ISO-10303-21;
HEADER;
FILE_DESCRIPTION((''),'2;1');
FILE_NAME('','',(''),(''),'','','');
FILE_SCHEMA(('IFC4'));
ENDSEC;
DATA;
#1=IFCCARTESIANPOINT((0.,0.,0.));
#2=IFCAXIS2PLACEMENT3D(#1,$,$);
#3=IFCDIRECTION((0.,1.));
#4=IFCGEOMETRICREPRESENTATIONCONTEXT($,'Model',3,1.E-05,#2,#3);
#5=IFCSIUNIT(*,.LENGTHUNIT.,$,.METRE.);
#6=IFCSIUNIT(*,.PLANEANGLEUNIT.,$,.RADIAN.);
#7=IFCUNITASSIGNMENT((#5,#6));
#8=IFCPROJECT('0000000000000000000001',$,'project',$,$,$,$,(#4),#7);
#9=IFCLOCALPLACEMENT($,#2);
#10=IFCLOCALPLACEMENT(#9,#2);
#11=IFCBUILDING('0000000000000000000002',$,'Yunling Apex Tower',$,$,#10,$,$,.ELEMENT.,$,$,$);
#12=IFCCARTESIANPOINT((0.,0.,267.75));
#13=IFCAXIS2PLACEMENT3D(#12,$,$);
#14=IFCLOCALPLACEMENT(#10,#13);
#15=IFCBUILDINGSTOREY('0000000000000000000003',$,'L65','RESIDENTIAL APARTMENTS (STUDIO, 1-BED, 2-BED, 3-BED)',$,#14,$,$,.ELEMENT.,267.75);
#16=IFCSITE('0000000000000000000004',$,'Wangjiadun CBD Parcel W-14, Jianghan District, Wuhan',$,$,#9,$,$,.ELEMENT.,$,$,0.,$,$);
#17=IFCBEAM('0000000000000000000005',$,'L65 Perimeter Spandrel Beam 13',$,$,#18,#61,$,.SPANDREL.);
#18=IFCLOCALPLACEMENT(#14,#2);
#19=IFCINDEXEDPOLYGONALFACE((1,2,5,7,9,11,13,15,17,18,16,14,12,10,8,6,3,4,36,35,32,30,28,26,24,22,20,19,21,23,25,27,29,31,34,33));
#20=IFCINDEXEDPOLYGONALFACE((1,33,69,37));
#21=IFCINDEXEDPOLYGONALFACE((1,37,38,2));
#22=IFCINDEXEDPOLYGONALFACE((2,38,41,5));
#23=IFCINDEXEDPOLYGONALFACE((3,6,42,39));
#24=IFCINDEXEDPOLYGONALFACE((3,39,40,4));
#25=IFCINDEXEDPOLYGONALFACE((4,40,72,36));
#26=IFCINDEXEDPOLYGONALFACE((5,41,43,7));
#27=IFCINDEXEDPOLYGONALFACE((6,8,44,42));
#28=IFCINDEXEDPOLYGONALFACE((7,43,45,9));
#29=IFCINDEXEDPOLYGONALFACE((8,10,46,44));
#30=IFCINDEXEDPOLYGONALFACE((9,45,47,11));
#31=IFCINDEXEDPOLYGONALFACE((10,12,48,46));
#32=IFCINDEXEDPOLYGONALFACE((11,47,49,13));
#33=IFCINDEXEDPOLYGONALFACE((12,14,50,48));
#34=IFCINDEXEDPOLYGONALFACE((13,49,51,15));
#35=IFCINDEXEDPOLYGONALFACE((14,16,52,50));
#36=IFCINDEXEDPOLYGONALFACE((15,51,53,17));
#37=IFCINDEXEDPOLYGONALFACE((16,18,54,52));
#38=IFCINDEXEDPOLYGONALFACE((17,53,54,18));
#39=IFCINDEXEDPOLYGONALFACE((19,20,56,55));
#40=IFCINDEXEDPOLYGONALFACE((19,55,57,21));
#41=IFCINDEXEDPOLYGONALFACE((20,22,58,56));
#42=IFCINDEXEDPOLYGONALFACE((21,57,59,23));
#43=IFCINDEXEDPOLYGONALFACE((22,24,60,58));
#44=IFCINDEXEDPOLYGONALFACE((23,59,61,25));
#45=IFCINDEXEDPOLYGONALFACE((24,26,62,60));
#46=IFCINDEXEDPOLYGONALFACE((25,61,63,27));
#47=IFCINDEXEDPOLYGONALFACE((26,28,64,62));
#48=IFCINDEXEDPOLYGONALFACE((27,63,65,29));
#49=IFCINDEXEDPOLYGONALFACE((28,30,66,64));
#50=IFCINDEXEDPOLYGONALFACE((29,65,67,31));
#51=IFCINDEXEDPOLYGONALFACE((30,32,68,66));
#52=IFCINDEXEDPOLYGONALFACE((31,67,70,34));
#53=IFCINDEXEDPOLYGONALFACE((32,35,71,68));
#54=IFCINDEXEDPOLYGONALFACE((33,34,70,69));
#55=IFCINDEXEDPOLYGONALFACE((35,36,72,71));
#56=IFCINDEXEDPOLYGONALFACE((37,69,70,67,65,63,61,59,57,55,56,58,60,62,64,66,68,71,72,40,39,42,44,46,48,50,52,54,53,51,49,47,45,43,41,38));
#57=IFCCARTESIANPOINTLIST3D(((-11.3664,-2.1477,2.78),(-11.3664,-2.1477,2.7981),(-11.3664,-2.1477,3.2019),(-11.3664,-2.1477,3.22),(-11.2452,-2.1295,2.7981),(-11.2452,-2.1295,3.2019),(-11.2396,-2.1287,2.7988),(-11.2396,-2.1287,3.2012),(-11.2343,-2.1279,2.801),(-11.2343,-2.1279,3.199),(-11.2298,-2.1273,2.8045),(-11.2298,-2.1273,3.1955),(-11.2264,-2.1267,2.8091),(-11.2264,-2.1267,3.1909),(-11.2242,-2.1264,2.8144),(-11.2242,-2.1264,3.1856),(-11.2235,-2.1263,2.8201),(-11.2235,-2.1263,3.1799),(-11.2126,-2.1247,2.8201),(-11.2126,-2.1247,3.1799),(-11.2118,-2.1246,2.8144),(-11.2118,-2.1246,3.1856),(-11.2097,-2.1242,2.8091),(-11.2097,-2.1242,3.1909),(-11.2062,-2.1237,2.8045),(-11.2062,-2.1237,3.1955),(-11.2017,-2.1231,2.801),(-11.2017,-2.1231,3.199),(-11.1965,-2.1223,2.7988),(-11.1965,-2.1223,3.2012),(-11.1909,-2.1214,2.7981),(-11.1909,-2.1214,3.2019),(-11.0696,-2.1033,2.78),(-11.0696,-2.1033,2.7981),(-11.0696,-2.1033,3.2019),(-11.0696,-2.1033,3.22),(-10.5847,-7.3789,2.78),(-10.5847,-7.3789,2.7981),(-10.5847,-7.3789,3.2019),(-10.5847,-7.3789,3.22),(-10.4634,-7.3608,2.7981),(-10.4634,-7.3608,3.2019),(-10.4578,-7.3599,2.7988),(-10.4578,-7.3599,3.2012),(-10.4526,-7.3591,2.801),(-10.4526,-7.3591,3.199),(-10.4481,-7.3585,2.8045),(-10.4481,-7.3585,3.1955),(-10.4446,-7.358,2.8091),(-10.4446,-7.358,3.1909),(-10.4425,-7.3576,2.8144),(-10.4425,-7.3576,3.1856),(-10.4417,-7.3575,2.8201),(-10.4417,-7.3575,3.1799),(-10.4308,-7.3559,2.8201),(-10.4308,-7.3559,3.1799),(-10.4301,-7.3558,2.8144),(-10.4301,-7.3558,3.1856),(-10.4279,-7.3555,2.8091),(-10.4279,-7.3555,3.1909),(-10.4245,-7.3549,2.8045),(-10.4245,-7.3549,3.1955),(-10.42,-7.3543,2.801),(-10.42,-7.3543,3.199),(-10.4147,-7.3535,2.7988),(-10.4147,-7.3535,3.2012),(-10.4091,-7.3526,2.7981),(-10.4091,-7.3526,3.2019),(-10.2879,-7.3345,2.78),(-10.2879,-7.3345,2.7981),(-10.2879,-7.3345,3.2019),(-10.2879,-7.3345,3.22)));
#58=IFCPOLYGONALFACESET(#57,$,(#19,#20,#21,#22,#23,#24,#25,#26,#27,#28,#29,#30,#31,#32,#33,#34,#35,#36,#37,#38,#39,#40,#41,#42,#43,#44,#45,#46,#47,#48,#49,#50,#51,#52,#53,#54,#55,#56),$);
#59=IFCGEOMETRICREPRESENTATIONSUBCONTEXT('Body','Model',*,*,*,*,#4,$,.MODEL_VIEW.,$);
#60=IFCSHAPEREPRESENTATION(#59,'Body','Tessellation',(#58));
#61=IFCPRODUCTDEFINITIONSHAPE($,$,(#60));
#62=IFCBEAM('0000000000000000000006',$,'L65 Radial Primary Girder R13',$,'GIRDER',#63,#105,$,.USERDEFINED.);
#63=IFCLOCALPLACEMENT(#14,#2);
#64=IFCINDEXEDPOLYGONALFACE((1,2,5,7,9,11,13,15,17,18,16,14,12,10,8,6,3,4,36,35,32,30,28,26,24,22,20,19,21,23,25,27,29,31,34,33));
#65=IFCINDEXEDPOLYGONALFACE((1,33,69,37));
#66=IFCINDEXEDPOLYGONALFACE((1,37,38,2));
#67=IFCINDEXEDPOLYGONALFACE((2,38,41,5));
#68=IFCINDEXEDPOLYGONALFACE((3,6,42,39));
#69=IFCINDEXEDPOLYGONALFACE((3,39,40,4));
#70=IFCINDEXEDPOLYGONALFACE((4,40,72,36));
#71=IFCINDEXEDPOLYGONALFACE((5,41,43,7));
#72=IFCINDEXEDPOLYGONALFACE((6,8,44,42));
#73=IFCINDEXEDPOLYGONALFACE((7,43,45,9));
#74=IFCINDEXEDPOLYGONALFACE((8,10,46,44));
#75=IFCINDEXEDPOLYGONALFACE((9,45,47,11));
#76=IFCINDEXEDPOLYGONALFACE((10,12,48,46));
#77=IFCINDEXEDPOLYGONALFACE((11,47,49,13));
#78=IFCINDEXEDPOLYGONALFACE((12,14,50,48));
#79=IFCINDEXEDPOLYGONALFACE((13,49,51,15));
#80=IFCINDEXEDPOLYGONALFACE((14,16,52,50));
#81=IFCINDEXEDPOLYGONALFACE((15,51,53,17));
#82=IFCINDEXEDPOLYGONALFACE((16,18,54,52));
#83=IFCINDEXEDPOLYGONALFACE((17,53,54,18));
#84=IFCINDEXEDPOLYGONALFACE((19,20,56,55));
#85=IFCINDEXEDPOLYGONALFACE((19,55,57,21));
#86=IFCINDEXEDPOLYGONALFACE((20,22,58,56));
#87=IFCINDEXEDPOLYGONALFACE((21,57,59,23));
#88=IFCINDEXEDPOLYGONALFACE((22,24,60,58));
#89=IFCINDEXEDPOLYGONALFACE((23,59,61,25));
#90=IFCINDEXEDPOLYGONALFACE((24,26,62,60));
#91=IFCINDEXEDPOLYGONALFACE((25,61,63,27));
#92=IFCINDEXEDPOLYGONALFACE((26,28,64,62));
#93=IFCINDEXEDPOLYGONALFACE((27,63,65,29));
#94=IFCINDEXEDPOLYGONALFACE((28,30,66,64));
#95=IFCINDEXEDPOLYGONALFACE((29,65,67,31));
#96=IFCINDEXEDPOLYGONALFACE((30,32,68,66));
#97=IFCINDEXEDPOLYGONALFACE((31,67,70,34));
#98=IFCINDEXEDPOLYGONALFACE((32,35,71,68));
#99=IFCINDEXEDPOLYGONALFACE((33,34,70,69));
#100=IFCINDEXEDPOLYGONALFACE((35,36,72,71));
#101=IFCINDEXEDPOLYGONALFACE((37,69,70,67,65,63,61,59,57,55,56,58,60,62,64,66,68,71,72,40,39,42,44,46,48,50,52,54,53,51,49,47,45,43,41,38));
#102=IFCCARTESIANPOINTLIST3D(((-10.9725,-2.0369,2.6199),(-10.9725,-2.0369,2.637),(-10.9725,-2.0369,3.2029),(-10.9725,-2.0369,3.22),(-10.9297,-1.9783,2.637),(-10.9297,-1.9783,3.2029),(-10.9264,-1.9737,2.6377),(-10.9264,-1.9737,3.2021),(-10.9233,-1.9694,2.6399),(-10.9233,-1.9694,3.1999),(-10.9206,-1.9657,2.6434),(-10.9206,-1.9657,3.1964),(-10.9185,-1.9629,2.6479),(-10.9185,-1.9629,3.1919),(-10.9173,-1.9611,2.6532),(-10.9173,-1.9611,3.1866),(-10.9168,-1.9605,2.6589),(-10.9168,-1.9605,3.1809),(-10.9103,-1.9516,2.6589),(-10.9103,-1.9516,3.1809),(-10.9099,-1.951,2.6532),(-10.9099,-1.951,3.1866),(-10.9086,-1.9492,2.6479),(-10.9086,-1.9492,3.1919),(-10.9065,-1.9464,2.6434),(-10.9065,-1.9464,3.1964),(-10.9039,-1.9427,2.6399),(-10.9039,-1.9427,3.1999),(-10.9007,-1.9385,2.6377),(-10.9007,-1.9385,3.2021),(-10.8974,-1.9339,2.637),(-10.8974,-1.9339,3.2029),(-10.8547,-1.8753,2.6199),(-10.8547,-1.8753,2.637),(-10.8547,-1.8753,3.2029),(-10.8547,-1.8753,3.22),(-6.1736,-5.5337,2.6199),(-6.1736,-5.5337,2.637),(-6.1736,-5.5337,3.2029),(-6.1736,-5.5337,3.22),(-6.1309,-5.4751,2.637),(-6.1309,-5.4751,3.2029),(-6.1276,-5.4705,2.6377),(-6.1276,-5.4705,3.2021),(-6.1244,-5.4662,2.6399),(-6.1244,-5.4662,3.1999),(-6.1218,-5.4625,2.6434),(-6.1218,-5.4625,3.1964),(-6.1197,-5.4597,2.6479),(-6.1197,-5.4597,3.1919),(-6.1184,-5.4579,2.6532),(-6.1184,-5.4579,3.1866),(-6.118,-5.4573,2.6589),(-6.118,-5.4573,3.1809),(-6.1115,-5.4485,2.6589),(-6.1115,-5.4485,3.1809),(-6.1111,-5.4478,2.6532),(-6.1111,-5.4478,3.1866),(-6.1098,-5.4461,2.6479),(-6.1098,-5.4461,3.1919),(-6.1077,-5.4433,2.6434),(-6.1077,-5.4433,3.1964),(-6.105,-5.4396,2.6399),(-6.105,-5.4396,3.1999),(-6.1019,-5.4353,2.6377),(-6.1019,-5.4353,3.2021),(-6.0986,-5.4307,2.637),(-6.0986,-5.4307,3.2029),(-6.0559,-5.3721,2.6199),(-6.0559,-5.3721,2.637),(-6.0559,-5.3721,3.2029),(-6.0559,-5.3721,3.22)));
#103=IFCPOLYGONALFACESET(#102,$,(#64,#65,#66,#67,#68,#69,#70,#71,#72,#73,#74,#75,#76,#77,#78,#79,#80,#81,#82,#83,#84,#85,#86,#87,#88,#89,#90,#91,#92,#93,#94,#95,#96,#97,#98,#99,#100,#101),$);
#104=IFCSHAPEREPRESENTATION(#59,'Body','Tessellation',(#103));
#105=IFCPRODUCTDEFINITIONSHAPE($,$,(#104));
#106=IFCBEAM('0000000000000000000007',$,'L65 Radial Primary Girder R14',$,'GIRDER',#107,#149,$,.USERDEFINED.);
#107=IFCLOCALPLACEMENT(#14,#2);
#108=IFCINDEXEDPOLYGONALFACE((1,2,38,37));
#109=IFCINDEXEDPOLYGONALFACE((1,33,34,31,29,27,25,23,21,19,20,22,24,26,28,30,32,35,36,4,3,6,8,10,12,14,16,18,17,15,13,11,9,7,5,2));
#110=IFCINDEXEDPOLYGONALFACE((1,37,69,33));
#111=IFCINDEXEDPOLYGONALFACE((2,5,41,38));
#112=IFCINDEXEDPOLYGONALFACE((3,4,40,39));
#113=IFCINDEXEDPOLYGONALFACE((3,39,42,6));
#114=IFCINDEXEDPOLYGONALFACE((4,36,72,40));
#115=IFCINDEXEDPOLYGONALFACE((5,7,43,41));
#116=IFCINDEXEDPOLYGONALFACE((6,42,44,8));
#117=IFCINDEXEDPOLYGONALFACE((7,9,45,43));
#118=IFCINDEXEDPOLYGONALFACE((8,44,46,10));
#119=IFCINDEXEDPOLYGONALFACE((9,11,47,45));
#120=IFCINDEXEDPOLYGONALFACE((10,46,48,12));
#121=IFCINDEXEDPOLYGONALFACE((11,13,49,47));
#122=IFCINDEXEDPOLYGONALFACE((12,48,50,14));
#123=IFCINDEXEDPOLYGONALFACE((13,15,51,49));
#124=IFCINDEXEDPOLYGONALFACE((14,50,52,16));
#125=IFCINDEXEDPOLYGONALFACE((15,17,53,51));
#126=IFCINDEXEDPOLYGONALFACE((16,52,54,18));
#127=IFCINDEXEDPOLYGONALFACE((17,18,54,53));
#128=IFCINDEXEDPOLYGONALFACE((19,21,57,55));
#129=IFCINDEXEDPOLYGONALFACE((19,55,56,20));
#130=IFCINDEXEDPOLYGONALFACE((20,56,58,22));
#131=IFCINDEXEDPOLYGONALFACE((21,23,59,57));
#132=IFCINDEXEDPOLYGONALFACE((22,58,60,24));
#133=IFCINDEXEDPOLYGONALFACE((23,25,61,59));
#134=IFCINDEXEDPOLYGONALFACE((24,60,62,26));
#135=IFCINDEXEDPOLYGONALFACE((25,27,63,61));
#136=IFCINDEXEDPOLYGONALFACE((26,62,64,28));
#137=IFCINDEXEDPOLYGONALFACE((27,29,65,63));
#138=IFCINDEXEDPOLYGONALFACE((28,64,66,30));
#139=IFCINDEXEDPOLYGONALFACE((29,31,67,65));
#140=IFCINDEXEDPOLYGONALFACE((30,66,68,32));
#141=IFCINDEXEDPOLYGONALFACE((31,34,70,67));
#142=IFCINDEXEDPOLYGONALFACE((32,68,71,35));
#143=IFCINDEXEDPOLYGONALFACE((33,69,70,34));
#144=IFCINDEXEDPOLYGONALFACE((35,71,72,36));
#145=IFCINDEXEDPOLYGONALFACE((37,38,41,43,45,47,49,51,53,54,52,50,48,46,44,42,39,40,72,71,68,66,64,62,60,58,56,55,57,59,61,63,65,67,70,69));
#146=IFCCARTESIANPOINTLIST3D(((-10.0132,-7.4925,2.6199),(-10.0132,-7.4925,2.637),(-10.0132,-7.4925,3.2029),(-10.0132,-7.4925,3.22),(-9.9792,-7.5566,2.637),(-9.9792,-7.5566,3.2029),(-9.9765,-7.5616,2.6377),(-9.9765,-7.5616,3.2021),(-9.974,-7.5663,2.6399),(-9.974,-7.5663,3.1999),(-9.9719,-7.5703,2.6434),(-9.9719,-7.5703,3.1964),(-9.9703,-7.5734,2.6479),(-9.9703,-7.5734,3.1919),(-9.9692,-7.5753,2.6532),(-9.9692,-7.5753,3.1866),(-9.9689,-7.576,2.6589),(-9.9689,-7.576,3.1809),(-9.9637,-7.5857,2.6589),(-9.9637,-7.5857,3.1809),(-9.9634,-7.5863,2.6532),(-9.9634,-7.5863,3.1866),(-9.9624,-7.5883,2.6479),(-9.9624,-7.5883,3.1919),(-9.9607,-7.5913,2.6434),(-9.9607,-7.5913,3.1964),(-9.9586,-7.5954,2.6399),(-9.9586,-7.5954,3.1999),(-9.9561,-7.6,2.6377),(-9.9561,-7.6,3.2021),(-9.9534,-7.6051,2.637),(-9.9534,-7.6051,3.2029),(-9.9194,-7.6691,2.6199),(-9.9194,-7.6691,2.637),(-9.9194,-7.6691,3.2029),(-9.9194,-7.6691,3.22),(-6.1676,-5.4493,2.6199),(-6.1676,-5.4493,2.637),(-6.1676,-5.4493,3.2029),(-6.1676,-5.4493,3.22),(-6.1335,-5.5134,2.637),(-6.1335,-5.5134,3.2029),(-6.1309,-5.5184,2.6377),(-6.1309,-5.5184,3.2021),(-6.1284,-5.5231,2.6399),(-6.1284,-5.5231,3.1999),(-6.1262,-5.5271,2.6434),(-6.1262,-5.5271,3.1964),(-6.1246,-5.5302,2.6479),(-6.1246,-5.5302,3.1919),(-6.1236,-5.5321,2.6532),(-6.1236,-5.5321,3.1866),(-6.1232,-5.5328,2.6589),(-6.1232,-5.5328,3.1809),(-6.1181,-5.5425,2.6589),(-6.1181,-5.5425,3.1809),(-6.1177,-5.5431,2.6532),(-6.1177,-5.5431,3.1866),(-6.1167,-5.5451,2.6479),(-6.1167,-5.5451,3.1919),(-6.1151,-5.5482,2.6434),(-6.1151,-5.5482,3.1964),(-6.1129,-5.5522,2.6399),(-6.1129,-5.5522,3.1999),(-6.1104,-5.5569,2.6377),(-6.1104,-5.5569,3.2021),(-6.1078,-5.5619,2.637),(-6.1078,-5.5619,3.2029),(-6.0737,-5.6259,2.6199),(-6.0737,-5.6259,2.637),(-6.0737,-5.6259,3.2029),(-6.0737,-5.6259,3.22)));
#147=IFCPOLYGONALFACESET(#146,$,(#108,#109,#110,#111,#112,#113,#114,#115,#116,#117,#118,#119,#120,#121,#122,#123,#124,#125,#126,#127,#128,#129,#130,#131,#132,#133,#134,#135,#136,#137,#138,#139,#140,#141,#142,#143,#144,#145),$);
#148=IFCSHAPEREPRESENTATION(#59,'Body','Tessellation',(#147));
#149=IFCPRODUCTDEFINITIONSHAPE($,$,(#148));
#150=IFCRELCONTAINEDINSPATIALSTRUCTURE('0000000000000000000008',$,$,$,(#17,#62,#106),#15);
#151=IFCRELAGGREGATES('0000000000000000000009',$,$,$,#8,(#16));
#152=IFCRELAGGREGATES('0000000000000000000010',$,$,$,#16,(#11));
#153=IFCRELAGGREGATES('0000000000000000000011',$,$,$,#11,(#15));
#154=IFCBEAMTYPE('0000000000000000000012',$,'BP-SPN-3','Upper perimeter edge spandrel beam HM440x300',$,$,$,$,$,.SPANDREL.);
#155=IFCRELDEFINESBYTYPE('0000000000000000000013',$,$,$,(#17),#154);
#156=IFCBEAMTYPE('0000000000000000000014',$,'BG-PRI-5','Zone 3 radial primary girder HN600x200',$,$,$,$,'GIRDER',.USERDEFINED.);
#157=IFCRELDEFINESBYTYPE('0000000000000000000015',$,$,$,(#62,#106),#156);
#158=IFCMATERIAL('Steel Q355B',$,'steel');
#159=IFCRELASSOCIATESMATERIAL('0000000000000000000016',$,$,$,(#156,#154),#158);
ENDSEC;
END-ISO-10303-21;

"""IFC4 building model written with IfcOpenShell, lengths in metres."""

from ifc_helpers import new_model, si_unit, direction, frame, origin, origin_2d, place, context, subcontext, project, spatial, i_section, extrude, source, transform, mapped, material, material_profile, profile_set, type_object, element, save


model = new_model("IFC4")

# Units and contexts
model_context = context("Model", 3, precision=1e-05, world=origin(), true_north=direction((0.0, 1.0)))
body_context = subcontext(model_context, "Body", "Model", "MODEL_VIEW")
ifc_project = project(units=[si_unit("LENGTHUNIT", "METRE"), si_unit("PLANEANGLEUNIT", "RADIAN")], contexts=[model_context])

# Site, building, storey
site_placement = place(None, origin())
site = spatial("IfcSite", under=ifc_project, at=site_placement, Name="Wangjiadun CBD Parcel W-14, Jianghan District, Wuhan", CompositionType="ELEMENT", RefElevation=0.0)
building_placement = place(site_placement, origin())
building = spatial("IfcBuilding", under=site, at=building_placement, Name="Yunling Apex Tower", CompositionType="ELEMENT")
storey_placement = place(building_placement, frame((0.0, 0.0, 267.75)))
storey = spatial("IfcBuildingStorey", under=building, at=storey_placement, Name="L65", Description="RESIDENTIAL APARTMENTS (STUDIO, 1-BED, 2-BED, 3-BED)", CompositionType="ELEMENT", Elevation=267.75)

# Shared definitions
ifc_material_1 = material(Name="Steel Q355B", Category="steel")

# Beams
ifc_material_profile_1 = material_profile(ifc_material_1, i_section(OverallWidth=0.2, OverallDepth=0.6001, WebThickness=0.011, FlangeThickness=0.0171, FilletRadius=0.022, at=origin_2d()))
ifc_profile_set_1 = profile_set([ifc_material_profile_1], Name="Steel Q355B")
beam_type_1 = type_object("IfcBeamType", Name="BG-PRI-5", Description="Zone 3 radial primary girder HN600x200", ElementType="GIRDER", PredefinedType="USERDEFINED", material=ifc_profile_set_1)
ifc_material_profile_2 = material_profile(ifc_material_1, i_section(OverallWidth=0.3, OverallDepth=0.4399, WebThickness=0.011, FlangeThickness=0.0181, FilletRadius=0.022, at=origin_2d()))
ifc_profile_set_2 = profile_set([ifc_material_profile_2], Name="Steel Q355B")
beam_type_2 = type_object("IfcBeamType", Name="BP-SPN-3", Description="Upper perimeter edge spandrel beam HM440x300", PredefinedType="SPANDREL", material=ifc_profile_set_2)
shared_shape_1 = source(origin(), body_context, "Body", "SweptSolid", [
    extrude(i_section(OverallWidth=0.3, OverallDepth=0.4399, WebThickness=0.011, FlangeThickness=0.0181, FilletRadius=0.022, at=origin_2d()), origin(), (0.0, 0.0, 1.0), 5.2893),
])
beam_1_placement = place(storey_placement, frame((-11.218, -2.1255, 3.0), z_axis=(0.147796, -0.989018, 0.0), x_axis=(0.989018, 0.147796, 0.0)))
element("IfcBeam", 1, at=beam_1_placement, inside=storey, type_object=beam_type_2, Name="L65 Perimeter Spandrel Beam 13", PredefinedType="SPANDREL", context=body_context, shape_type="MappedRepresentation", body=[
    mapped(shared_shape_1, transform((0.0, 0.0, 0.0), scale=1.0)),
])
shared_shape_2 = source(origin(), body_context, "Body", "SweptSolid", [
    extrude(i_section(OverallWidth=0.2, OverallDepth=0.6001, WebThickness=0.011, FlangeThickness=0.0171, FilletRadius=0.022, at=origin_2d()), origin(), (0.0, 0.0, 1.0), 5.9377),
])
beam_2_placement = place(storey_placement, frame((-10.9136, -1.9561, 2.9199), z_axis=(0.808193, -0.588917, 0.0), x_axis=(0.588917, 0.808193, 0.0)))
element("IfcBeam", 2, at=beam_2_placement, inside=storey, type_object=beam_type_1, Name="L65 Radial Primary Girder R13", ObjectType="GIRDER", PredefinedType="USERDEFINED", context=body_context, shape_type="MappedRepresentation", body=[
    mapped(shared_shape_2, transform((0.0, 0.0, 0.0), scale=1.0)),
])
shared_shape_3 = source(origin(), body_context, "Body", "SweptSolid", [
    extrude(i_section(OverallWidth=0.2, OverallDepth=0.6001, WebThickness=0.011, FlangeThickness=0.0171, FilletRadius=0.022, at=origin_2d()), origin(), (0.0, 0.0, 1.0), 4.3547),
])
beam_3_placement = place(storey_placement, frame((-9.9663, -7.5808, 2.9199), z_axis=(0.883098, 0.469188, 0.0), x_axis=(-0.469188, 0.883098, 0.0)))
element("IfcBeam", 3, at=beam_3_placement, inside=storey, type_object=beam_type_1, Name="L65 Radial Primary Girder R14", ObjectType="GIRDER", PredefinedType="USERDEFINED", context=body_context, shape_type="MappedRepresentation", body=[
    mapped(shared_shape_3, transform((0.0, 0.0, 0.0), scale=1.0)),
])

save(model, "model.ifc")
